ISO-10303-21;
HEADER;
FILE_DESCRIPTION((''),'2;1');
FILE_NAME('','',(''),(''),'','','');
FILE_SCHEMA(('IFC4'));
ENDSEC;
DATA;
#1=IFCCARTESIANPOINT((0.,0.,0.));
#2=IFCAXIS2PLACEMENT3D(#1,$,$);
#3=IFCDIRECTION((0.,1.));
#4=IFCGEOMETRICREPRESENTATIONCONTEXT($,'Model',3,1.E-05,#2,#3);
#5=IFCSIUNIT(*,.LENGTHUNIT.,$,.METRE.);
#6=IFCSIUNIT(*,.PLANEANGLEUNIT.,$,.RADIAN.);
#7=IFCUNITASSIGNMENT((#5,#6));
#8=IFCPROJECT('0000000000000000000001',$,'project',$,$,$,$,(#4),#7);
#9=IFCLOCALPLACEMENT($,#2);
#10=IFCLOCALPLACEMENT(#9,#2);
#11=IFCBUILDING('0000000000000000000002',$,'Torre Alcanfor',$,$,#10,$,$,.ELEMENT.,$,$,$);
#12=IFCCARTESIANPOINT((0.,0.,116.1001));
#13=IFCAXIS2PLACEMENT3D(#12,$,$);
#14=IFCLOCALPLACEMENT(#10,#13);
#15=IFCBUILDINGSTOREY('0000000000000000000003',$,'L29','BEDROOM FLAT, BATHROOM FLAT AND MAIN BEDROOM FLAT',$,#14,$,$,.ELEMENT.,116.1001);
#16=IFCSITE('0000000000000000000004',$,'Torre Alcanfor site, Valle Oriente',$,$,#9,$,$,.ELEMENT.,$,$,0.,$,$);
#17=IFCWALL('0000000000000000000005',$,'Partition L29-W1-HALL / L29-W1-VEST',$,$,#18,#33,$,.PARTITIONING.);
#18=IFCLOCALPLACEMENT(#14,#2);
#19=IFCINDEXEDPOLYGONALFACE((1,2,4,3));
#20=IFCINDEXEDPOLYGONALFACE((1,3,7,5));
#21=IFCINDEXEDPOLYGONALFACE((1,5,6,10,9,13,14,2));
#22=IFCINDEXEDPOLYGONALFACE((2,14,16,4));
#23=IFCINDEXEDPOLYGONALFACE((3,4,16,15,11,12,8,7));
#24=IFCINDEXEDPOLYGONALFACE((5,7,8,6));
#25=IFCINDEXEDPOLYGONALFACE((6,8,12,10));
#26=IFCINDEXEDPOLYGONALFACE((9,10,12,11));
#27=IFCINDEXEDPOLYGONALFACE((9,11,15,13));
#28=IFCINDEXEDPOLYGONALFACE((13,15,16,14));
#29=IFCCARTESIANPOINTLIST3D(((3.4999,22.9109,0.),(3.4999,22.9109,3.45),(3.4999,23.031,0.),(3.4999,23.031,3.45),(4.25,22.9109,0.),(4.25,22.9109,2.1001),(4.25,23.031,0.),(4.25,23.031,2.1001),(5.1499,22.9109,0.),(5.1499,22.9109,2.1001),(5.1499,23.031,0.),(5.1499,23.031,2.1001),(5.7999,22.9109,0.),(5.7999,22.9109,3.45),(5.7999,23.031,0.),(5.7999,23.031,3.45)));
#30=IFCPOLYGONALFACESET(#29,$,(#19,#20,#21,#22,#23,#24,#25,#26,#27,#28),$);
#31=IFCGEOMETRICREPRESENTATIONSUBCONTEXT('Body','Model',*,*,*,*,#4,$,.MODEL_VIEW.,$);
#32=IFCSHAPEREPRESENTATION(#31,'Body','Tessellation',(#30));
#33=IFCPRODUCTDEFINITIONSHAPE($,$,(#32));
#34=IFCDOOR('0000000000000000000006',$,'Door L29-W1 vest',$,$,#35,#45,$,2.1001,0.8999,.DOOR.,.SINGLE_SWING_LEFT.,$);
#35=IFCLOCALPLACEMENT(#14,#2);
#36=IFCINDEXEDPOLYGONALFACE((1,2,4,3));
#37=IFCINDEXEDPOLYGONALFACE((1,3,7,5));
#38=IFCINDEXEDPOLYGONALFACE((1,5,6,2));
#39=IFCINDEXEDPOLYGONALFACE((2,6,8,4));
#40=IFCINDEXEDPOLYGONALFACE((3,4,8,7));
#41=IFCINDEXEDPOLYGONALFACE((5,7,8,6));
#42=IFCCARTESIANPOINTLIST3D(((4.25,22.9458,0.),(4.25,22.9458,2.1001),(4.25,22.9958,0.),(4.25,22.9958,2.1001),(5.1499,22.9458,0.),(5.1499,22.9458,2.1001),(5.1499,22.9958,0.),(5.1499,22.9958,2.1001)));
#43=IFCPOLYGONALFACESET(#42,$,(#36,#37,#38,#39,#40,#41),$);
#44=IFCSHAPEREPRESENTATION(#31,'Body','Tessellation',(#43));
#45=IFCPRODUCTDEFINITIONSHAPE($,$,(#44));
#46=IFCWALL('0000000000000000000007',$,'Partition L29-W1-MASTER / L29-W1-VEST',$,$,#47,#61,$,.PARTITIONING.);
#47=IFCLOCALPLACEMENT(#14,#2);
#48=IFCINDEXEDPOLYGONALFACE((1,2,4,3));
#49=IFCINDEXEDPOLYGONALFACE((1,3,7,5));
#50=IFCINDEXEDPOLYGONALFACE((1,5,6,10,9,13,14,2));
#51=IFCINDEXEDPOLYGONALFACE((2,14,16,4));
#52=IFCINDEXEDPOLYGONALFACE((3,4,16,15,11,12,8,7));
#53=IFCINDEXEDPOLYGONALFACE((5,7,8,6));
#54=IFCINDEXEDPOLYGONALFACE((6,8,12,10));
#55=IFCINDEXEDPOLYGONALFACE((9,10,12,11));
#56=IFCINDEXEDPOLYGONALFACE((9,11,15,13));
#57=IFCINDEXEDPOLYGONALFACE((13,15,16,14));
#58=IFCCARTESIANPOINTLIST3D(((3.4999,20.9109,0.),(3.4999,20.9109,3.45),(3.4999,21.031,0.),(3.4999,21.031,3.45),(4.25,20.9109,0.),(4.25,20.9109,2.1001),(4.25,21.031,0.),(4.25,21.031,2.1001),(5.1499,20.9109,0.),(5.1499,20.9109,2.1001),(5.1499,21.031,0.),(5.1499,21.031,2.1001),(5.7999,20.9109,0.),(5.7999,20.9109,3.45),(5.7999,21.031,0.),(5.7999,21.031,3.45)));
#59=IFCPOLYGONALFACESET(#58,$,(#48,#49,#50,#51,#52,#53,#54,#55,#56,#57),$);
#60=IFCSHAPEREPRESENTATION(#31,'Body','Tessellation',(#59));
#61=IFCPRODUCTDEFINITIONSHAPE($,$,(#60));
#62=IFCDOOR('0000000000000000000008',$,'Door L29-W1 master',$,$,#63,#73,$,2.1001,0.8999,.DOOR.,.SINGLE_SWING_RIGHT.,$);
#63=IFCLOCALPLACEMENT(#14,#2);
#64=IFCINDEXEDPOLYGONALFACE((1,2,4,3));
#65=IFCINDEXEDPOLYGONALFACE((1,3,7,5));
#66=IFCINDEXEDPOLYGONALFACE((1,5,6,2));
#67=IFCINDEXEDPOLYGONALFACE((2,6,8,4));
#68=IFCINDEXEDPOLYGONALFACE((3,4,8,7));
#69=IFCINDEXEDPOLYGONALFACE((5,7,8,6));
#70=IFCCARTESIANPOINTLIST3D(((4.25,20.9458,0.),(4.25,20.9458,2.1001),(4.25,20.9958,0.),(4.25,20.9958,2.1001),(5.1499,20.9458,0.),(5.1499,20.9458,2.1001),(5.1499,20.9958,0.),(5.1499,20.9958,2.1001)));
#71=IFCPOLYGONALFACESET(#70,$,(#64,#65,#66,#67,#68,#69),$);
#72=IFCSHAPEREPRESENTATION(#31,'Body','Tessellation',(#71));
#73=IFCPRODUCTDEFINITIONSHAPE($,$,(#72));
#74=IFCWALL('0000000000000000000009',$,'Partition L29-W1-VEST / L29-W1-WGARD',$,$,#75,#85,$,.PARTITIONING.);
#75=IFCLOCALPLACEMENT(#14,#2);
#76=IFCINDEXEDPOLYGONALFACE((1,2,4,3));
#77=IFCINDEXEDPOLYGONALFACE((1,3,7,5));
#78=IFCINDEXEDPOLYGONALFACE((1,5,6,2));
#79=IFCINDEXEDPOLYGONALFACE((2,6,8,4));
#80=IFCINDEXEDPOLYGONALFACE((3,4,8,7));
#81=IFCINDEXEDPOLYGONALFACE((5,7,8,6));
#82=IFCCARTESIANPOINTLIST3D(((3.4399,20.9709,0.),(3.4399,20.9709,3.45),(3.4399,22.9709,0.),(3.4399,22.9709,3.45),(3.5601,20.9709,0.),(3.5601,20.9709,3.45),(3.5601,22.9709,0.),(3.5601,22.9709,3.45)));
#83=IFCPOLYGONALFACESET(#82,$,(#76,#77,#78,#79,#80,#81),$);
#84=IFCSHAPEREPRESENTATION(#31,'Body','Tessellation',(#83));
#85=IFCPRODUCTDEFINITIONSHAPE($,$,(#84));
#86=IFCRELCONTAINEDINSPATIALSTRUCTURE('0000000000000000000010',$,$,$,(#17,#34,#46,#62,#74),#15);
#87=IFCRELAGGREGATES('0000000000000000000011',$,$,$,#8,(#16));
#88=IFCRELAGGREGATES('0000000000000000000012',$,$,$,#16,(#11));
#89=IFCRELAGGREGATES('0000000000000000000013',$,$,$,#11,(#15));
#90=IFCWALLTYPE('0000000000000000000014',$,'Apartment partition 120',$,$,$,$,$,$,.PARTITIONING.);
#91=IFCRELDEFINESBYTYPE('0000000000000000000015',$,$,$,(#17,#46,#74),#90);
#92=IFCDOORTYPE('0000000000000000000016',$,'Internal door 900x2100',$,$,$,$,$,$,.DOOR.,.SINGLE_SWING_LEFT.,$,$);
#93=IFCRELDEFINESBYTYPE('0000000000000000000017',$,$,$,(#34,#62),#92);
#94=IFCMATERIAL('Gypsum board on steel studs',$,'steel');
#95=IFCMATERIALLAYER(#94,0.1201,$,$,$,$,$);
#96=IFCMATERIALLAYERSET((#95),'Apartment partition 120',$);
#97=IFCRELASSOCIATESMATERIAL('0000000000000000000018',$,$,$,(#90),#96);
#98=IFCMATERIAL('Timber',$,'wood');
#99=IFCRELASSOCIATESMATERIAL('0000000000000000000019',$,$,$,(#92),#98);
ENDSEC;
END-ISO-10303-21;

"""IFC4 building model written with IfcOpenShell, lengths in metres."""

from ifc_helpers import new_model, si_unit, direction, frame, frame_2d, origin, place, context, subcontext, project, spatial, rectangle, extrude, material, layer, layer_set, type_object, element, fill, save


model = new_model("IFC4")

# Units and contexts
model_context = context("Model", 3, precision=1e-05, world=origin(), true_north=direction((0.0, 1.0)))
body_context = subcontext(model_context, "Body", "Model", "MODEL_VIEW")
ifc_project = project(units=[si_unit("LENGTHUNIT", "METRE"), si_unit("PLANEANGLEUNIT", "RADIAN")], contexts=[model_context])

# Site, building, storey
site_placement = place(None, origin())
site = spatial("IfcSite", under=ifc_project, at=site_placement, Name="Torre Alcanfor site, Valle Oriente", CompositionType="ELEMENT", RefElevation=0.0)
building_placement = place(site_placement, origin())
building = spatial("IfcBuilding", under=site, at=building_placement, Name="Torre Alcanfor", CompositionType="ELEMENT")
storey_placement = place(building_placement, frame((0.0, 0.0, 116.1001)))
storey = spatial("IfcBuildingStorey", under=building, at=storey_placement, Name="L29", Description="BEDROOM FLAT, BATHROOM FLAT AND MAIN BEDROOM FLAT", CompositionType="ELEMENT", Elevation=116.1001)

# Shared definitions
ifc_material_1 = material(Name="Gypsum board on steel studs", Category="steel")
ifc_layer_1 = layer(ifc_material_1, 0.1201)
ifc_layer_set_1 = layer_set([ifc_layer_1], Name="Apartment partition 120")
wall_type = type_object("IfcWallType", Name="Apartment partition 120", PredefinedType="PARTITIONING", material=ifc_layer_set_1)
ifc_material_2 = material(Name="Timber", Category="wood")
door_type = type_object("IfcDoorType", Name="Internal door 900x2100", OperationType="SINGLE_SWING_LEFT", PredefinedType="DOOR", material=ifc_material_2)

# Walls, openings, doors
wall_1_placement = place(storey_placement, frame((3.5, 22.9709, 0.0), z_axis=(0.0, 0.0, 1.0), x_axis=(1.0, 0.0, 0.0)))
wall_1 = element("IfcWall", 1, at=wall_1_placement, inside=storey, type_object=wall_type, Name="Partition L29-W1-HALL / L29-W1-VEST", PredefinedType="PARTITIONING", context=body_context, shape_type="SweptSolid", body=[
    extrude(rectangle(XDim=2.3, YDim=0.1201, at=frame_2d((1.1499, 0.0))), origin(), (0.0, 0.0, 1.0), 3.45),
])
opening_1_placement = place(wall_1_placement, frame((0.75, 0.0, 0.0)))
opening_1 = element("IfcOpeningElement", 2, at=opening_1_placement, cuts=wall_1, PredefinedType="OPENING", context=body_context, shape_type="SweptSolid", body=[
    extrude(rectangle(XDim=0.8999, YDim=2.1001, at=frame_2d((0.45, 1.05))), frame((0.0, 0.0701, 0.0), z_axis=(0.0, -1.0, 0.0), x_axis=(1.0, 0.0, 0.0)), (0.0, 0.0, 1.0), 0.1401),
])
door_1_placement = place(opening_1_placement, frame((0.8999, 0.0, 0.0), z_axis=(0.0, 0.0, 1.0), x_axis=(-1.0, 0.0, 0.0)))
door_1 = element("IfcDoor", 3, at=door_1_placement, inside=storey, type_object=door_type, Name="Door L29-W1 vest", OperationType="SINGLE_SWING_LEFT", OverallHeight=2.1001, OverallWidth=0.8999, PredefinedType="DOOR", context=body_context, shape_type="SweptSolid", body=[
    extrude(rectangle(XDim=0.8999, YDim=2.1001, at=frame_2d((0.45, 1.05))), frame((0.0, 0.0251, 0.0), z_axis=(0.0, -1.0, 0.0), x_axis=(1.0, 0.0, 0.0)), (0.0, 0.0, 1.0), 0.05),
])
fill(opening_1, door_1)
wall_2_placement = place(storey_placement, frame((3.5, 20.9709, 0.0), z_axis=(0.0, 0.0, 1.0), x_axis=(1.0, 0.0, 0.0)))
wall_2 = element("IfcWall", 4, at=wall_2_placement, inside=storey, type_object=wall_type, Name="Partition L29-W1-MASTER / L29-W1-VEST", PredefinedType="PARTITIONING", context=body_context, shape_type="SweptSolid", body=[
    extrude(rectangle(XDim=2.3, YDim=0.1201, at=frame_2d((1.1499, 0.0))), origin(), (0.0, 0.0, 1.0), 3.45),
])
opening_2_placement = place(wall_2_placement, frame((0.75, 0.0, 0.0)))
opening_2 = element("IfcOpeningElement", 5, at=opening_2_placement, cuts=wall_2, PredefinedType="OPENING", context=body_context, shape_type="SweptSolid", body=[
    extrude(rectangle(XDim=0.8999, YDim=2.1001, at=frame_2d((0.45, 1.05))), frame((0.0, 0.0701, 0.0), z_axis=(0.0, -1.0, 0.0), x_axis=(1.0, 0.0, 0.0)), (0.0, 0.0, 1.0), 0.1401),
])
door_2_placement = place(opening_2_placement, origin())
door_2 = element("IfcDoor", 6, at=door_2_placement, inside=storey, type_object=door_type, Name="Door L29-W1 master", OperationType="SINGLE_SWING_RIGHT", OverallHeight=2.1001, OverallWidth=0.8999, PredefinedType="DOOR", context=body_context, shape_type="SweptSolid", body=[
    extrude(rectangle(XDim=0.8999, YDim=2.1001, at=frame_2d((0.45, 1.05))), frame((0.0, 0.0249, 0.0), z_axis=(0.0, -1.0, 0.0), x_axis=(1.0, 0.0, 0.0)), (0.0, 0.0, 1.0), 0.05),
])
fill(opening_2, door_2)

# Wall
wall_3_placement = place(storey_placement, frame((3.5, 22.9709, 0.0), z_axis=(0.0, 0.0, 1.0), x_axis=(0.0, -1.0, 0.0)))
element("IfcWall", 7, at=wall_3_placement, inside=storey, type_object=wall_type, Name="Partition L29-W1-VEST / L29-W1-WGARD", PredefinedType="PARTITIONING", context=body_context, shape_type="SweptSolid", body=[
    extrude(rectangle(XDim=2.0, YDim=0.1201, at=frame_2d((1.0, 0.0))), origin(), (0.0, 0.0, 1.0), 3.45),
])

save(model, "model.ifc")
